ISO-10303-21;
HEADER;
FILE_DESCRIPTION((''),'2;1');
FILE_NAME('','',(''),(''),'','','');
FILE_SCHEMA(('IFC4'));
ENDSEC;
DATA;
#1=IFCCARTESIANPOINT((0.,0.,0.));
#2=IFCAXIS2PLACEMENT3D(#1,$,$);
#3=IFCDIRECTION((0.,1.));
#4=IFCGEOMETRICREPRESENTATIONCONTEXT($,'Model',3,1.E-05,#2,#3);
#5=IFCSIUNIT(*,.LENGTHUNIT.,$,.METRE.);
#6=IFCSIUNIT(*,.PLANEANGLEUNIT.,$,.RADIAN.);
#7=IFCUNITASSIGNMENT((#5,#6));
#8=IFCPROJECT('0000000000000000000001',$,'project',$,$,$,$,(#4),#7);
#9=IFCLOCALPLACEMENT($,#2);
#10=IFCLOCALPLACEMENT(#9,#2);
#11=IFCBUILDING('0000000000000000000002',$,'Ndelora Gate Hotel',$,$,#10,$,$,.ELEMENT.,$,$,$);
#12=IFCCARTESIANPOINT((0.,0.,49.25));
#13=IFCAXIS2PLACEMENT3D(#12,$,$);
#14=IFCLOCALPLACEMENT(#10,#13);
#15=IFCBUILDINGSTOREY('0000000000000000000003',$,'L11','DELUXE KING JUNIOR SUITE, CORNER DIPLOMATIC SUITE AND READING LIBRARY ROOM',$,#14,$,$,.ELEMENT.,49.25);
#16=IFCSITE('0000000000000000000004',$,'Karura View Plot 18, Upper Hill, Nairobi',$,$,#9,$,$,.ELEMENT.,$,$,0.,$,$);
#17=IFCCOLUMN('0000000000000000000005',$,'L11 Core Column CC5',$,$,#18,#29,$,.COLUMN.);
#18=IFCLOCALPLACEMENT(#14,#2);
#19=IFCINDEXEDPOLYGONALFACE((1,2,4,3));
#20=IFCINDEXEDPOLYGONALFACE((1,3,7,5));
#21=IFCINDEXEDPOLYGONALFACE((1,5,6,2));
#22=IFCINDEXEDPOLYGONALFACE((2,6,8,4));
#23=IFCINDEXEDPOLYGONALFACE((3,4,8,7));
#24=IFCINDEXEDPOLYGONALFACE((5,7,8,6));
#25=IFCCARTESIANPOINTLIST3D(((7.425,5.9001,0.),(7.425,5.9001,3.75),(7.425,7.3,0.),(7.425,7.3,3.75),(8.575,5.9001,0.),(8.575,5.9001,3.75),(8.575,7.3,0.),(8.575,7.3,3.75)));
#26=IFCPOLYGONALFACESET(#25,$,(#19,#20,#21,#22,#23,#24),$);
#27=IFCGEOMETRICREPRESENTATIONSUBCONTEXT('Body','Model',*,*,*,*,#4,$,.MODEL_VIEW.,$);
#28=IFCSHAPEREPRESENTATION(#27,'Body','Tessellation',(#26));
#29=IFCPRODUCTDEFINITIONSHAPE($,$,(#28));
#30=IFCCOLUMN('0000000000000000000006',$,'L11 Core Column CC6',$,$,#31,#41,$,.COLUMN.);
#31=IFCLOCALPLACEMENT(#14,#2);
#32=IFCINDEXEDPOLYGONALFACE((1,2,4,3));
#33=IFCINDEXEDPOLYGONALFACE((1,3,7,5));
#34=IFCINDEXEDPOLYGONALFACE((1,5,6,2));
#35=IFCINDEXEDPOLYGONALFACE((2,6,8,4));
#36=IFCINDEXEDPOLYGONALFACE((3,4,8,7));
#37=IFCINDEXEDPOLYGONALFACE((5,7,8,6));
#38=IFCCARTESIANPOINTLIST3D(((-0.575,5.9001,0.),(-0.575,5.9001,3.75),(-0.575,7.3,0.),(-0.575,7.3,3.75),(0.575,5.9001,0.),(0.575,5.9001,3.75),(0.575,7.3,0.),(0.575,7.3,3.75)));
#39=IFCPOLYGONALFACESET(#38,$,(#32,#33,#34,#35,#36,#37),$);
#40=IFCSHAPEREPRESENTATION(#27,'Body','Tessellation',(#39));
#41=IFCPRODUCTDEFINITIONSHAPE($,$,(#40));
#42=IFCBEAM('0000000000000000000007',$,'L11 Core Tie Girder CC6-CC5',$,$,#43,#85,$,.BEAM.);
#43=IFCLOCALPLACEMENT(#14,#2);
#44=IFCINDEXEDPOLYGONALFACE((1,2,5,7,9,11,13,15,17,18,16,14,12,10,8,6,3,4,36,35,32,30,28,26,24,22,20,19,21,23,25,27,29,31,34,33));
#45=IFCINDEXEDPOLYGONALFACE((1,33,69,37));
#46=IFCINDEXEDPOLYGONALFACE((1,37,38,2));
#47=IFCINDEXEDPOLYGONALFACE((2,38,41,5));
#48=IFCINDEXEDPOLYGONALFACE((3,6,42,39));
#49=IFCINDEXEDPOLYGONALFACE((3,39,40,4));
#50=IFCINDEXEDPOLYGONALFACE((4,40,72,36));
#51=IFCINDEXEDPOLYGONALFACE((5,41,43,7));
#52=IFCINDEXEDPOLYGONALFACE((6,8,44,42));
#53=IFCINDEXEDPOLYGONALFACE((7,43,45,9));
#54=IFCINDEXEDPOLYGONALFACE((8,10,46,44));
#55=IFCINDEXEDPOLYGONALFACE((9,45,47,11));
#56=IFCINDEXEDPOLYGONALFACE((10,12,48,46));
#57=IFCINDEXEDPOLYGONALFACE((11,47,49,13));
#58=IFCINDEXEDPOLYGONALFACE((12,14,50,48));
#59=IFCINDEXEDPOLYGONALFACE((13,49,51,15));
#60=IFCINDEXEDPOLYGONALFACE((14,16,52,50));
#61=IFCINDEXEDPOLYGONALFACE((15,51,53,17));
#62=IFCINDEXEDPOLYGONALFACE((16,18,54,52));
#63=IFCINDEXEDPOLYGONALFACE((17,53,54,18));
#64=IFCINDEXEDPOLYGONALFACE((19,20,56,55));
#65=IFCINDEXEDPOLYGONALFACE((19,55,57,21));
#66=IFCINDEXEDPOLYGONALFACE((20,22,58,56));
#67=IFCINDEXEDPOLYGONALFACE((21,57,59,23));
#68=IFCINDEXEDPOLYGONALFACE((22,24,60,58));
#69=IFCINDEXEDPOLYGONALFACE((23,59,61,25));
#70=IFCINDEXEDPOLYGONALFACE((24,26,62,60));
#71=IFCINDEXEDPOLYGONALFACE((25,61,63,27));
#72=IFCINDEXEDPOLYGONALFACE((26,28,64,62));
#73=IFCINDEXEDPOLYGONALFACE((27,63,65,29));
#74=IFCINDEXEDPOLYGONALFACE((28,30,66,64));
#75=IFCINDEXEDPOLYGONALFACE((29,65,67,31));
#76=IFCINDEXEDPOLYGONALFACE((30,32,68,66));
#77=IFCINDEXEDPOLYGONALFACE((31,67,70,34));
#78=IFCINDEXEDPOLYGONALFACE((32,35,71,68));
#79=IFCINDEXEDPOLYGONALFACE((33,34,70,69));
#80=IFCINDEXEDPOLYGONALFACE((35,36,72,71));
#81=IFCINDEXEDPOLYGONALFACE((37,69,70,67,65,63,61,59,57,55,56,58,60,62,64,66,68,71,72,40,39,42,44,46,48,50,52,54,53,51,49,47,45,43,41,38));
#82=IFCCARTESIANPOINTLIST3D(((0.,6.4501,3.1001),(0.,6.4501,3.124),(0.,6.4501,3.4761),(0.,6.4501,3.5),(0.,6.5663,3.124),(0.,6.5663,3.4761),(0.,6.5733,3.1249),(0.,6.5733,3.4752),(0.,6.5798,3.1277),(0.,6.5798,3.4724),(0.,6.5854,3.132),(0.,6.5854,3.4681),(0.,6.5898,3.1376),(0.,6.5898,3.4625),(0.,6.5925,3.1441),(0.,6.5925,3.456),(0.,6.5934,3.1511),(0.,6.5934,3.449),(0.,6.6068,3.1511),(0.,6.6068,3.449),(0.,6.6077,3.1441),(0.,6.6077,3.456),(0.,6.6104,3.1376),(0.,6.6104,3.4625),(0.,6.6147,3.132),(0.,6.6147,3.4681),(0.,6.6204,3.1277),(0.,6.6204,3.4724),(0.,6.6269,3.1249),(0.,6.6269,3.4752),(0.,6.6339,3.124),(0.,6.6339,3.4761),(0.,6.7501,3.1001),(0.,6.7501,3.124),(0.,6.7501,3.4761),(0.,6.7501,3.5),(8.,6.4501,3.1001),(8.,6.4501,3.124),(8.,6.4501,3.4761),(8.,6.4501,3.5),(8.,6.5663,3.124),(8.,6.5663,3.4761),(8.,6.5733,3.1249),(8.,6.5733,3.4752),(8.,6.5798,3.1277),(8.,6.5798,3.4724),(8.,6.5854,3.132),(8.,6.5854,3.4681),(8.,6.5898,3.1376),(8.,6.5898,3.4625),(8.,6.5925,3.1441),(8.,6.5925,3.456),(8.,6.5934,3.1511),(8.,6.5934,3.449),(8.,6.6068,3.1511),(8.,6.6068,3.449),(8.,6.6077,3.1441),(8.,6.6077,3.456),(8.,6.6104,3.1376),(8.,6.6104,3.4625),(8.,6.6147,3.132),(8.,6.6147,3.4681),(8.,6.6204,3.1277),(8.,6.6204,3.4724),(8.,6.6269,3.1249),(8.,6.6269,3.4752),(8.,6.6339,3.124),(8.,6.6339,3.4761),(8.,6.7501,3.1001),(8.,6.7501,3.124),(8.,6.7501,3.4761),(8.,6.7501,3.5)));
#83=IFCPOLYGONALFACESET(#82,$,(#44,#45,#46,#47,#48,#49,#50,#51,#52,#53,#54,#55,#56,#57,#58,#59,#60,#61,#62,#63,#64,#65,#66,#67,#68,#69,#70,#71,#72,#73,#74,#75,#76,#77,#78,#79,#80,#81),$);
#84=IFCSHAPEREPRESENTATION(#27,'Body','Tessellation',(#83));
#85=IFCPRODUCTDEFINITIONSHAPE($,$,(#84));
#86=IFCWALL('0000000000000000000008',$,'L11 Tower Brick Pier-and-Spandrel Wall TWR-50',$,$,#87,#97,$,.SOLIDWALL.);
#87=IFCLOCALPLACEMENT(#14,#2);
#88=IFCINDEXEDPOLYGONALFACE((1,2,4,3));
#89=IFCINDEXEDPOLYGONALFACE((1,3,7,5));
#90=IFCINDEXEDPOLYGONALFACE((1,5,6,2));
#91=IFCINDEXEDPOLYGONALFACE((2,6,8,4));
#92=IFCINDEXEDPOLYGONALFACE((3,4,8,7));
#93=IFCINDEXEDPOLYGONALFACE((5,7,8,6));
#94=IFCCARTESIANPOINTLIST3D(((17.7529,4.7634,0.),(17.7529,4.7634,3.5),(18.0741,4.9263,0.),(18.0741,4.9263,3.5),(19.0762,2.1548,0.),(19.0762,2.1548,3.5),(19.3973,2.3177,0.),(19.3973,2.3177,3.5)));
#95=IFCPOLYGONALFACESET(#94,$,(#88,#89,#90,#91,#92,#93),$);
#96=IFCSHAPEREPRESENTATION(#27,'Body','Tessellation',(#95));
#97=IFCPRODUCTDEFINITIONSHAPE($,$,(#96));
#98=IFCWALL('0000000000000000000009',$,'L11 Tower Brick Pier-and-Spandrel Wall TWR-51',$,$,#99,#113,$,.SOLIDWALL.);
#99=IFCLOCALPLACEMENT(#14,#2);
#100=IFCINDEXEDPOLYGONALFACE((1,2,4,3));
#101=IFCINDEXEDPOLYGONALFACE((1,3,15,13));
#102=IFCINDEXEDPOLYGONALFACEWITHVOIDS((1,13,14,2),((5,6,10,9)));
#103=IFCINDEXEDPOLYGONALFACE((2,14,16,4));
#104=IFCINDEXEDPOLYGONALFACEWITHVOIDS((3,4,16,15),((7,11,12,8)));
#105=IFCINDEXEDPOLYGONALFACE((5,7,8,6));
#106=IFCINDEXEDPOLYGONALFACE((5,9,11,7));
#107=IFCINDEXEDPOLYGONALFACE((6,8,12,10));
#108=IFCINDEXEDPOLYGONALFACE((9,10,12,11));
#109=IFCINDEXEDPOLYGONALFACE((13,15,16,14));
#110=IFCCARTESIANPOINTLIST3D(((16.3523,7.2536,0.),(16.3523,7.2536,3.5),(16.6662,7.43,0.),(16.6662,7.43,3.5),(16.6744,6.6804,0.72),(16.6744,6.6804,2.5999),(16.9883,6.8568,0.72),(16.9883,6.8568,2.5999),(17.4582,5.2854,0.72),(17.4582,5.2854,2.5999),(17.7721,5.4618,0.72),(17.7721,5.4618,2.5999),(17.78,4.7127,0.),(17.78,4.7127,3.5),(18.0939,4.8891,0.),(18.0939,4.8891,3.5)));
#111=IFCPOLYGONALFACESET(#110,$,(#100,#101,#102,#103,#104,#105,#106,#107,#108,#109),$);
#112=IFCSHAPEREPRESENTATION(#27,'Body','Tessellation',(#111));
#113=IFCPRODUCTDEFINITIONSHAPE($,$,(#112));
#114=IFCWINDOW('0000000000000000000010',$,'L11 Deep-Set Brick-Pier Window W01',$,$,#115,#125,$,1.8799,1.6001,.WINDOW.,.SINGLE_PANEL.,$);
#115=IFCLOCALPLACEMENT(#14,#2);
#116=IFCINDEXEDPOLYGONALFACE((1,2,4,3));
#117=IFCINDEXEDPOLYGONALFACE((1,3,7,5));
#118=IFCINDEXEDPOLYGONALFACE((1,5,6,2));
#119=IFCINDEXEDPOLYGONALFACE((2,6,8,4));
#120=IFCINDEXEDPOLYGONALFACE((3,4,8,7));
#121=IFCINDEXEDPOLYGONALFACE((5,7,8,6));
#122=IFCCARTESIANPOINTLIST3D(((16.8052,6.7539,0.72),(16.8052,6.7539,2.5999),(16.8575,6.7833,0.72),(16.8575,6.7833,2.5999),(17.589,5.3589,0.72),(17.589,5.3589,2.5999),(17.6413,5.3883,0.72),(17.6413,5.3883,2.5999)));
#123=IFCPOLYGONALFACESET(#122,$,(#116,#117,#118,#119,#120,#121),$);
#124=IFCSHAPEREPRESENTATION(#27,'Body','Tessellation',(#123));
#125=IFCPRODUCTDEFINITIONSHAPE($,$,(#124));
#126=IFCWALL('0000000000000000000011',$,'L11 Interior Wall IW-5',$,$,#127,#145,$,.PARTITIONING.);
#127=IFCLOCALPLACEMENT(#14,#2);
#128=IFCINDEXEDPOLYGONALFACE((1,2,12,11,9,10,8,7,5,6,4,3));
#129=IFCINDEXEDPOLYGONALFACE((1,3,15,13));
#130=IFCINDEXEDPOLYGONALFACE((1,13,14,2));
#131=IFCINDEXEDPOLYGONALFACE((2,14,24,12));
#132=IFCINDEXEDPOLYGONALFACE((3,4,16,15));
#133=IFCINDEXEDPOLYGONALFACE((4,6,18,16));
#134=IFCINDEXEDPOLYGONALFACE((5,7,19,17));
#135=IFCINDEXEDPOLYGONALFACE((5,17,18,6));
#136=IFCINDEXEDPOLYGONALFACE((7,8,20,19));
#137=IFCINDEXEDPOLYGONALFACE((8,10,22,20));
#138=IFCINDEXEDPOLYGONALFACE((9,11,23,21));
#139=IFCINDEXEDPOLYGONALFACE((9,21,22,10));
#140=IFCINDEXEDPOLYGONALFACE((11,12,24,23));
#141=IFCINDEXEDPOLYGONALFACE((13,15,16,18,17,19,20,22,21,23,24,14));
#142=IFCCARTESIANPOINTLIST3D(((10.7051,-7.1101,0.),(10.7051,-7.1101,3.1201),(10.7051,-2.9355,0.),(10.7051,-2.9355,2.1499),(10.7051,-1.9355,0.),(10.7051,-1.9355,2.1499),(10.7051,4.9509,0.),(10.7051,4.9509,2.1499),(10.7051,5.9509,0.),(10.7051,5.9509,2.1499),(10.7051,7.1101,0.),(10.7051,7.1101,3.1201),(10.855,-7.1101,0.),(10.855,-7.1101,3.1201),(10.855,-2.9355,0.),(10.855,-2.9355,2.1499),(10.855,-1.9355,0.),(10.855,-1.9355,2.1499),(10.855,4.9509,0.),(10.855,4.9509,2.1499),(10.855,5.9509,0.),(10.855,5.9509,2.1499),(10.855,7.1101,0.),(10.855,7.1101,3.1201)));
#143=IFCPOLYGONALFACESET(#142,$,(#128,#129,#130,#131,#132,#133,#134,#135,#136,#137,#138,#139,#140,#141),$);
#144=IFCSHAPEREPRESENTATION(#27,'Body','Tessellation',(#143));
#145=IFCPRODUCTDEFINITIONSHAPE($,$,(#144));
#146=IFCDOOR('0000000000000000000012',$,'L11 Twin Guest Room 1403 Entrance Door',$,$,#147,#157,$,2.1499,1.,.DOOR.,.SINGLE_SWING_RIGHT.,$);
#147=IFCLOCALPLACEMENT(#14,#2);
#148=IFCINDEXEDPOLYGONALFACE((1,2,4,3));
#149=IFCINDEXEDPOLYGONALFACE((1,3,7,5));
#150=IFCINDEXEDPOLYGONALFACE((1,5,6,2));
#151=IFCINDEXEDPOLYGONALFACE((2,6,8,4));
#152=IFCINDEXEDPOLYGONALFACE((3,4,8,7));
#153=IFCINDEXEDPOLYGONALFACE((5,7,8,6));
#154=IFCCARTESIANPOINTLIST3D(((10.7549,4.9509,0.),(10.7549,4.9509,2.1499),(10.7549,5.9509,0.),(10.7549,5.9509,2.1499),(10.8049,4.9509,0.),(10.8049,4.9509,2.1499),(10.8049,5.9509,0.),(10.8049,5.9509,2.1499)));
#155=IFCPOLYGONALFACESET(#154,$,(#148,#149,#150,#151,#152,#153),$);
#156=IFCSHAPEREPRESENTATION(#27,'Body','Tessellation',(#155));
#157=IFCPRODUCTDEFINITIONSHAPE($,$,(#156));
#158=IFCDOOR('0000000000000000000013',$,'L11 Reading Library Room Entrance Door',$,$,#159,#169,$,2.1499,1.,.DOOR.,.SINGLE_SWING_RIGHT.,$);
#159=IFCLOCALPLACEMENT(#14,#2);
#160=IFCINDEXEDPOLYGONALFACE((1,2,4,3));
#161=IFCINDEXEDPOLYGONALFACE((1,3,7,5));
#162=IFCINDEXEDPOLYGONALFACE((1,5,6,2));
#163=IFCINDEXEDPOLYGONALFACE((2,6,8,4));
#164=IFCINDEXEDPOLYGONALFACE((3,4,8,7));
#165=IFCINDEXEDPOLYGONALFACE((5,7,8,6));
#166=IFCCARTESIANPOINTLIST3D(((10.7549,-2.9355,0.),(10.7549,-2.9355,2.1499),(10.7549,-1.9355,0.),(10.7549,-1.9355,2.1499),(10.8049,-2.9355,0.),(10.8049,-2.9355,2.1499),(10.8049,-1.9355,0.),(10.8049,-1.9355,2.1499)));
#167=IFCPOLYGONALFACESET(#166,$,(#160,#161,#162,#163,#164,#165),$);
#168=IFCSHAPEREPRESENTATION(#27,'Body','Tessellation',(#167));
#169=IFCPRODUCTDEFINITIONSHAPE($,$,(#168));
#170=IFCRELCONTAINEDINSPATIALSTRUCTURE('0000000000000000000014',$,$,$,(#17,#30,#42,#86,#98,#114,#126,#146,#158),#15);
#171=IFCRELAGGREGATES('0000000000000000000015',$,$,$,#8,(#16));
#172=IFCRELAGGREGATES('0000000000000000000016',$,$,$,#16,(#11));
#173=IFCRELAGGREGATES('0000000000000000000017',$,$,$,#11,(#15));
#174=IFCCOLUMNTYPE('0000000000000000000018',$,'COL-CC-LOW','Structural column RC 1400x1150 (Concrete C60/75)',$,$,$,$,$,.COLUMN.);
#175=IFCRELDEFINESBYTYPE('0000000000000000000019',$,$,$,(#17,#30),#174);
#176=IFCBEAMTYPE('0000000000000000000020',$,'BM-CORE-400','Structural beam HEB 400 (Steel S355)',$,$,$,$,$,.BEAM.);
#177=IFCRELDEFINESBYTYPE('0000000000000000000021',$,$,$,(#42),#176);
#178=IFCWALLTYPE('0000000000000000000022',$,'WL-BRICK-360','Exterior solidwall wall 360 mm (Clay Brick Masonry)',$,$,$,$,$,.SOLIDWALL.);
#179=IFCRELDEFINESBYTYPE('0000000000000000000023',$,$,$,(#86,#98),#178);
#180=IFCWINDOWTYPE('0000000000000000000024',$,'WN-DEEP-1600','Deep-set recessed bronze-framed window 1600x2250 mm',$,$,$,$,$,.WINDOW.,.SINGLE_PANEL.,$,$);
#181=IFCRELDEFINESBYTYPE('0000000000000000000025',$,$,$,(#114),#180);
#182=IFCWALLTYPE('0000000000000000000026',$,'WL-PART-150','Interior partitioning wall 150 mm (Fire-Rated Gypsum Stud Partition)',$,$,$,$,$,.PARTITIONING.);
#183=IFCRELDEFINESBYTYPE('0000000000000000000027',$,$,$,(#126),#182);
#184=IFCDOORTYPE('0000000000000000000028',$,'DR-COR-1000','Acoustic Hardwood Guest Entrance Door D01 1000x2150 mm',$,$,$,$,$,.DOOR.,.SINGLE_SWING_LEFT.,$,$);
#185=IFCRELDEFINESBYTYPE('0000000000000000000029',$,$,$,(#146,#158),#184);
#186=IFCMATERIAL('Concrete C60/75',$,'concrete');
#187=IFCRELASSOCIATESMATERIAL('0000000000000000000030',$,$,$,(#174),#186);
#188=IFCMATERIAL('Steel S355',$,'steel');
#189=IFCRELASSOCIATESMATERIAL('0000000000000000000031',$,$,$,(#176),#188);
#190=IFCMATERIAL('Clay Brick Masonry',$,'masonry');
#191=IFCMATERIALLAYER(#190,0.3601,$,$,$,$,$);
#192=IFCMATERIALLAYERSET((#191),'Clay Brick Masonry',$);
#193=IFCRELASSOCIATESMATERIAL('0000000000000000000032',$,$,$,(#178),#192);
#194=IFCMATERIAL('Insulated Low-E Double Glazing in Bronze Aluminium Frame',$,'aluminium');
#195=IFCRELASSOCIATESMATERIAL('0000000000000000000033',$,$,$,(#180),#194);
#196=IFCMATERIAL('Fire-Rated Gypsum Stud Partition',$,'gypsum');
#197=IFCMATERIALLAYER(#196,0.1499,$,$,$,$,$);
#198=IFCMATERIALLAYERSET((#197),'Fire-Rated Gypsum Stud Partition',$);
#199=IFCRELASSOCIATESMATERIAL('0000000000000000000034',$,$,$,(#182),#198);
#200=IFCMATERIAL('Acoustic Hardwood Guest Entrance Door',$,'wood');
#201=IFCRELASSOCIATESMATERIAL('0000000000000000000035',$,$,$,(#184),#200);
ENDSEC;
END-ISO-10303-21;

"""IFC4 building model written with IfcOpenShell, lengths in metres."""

from ifc_helpers import new_model, si_unit, direction, frame, frame_2d, origin, origin_2d, place, context, subcontext, project, spatial, rectangle, i_section, extrude, material, layer, layer_set, material_profile, profile_set, type_object, element, fill, save


model = new_model("IFC4")

# Units and contexts
model_context = context("Model", 3, precision=1e-05, world=origin(), true_north=direction((0.0, 1.0)))
body_context = subcontext(model_context, "Body", "Model", "MODEL_VIEW")
ifc_project = project(units=[si_unit("LENGTHUNIT", "METRE"), si_unit("PLANEANGLEUNIT", "RADIAN")], contexts=[model_context])

# Site, building, storey
site_placement = place(None, origin())
site = spatial("IfcSite", under=ifc_project, at=site_placement, Name="Karura View Plot 18, Upper Hill, Nairobi", CompositionType="ELEMENT", RefElevation=0.0)
building_placement = place(site_placement, origin())
building = spatial("IfcBuilding", under=site, at=building_placement, Name="Ndelora Gate Hotel", CompositionType="ELEMENT")
storey_placement = place(building_placement, frame((0.0, 0.0, 49.25)))
storey = spatial("IfcBuildingStorey", under=building, at=storey_placement, Name="L11", Description="DELUXE KING JUNIOR SUITE, CORNER DIPLOMATIC SUITE AND READING LIBRARY ROOM", CompositionType="ELEMENT", Elevation=49.25)

# Columns
ifc_material_1 = material(Name="Concrete C60/75", Category="concrete")
ifc_material_profile_1 = material_profile(ifc_material_1, rectangle(XDim=1.1499, YDim=1.3999, at=origin_2d()), Name="RC 1400x1150")
ifc_profile_set_1 = profile_set([ifc_material_profile_1], Name="Concrete C60/75")
column_type = type_object("IfcColumnType", Name="COL-CC-LOW", Description="Structural column RC 1400x1150 (Concrete C60/75)", PredefinedType="COLUMN", material=ifc_profile_set_1)
for number, where, z_axis, x_axis, name in (
    (1, (8.0, 6.6001, 0.0), (0.0, 0.0, 1.0), (1.0, 0.0, 0.0), "L11 Core Column CC5"),
    (2, (0.0, 6.6001, 0.0), (0.0, 0.0, 1.0), (1.0, 0.0, 0.0), "L11 Core Column CC6"),
):
    element("IfcColumn", number, at=place(storey_placement, frame(where, z_axis=z_axis, x_axis=x_axis)), inside=storey, type_object=column_type, Name=name, PredefinedType="COLUMN", context=body_context, shape_type="SweptSolid", body=[
        extrude(rectangle(XDim=1.1499, YDim=1.3999, at=origin_2d()), origin(), (0.0, 0.0, 1.0), 3.75),
    ])

# Beam
ifc_material_2 = material(Name="Steel S355", Category="steel")
ifc_material_profile_2 = material_profile(ifc_material_2, i_section(OverallWidth=0.3, OverallDepth=0.3999, WebThickness=0.0134, FlangeThickness=0.0239, FilletRadius=0.0271, at=origin_2d()), Name="HEB 400")
ifc_profile_set_2 = profile_set([ifc_material_profile_2], Name="Steel S355")
beam_type = type_object("IfcBeamType", Name="BM-CORE-400", Description="Structural beam HEB 400 (Steel S355)", PredefinedType="BEAM", material=ifc_profile_set_2)
beam_placement = place(storey_placement, frame((0.0, 6.6001, 3.3), z_axis=(1.0, 0.0, 0.0), x_axis=(0.0, 1.0, 0.0)))
element("IfcBeam", 3, at=beam_placement, inside=storey, type_object=beam_type, Name="L11 Core Tie Girder CC6-CC5", PredefinedType="BEAM", context=body_context, shape_type="SweptSolid", body=[
    extrude(i_section(OverallWidth=0.3, OverallDepth=0.3999, WebThickness=0.0134, FlangeThickness=0.0239, FilletRadius=0.0271, at=origin_2d()), origin(), (0.0, 0.0, 1.0), 8.0),
])

# Wall
ifc_material_3 = material(Name="Clay Brick Masonry", Category="masonry")
ifc_layer_1 = layer(ifc_material_3, 0.3601)
ifc_layer_set_1 = layer_set([ifc_layer_1], Name="Clay Brick Masonry")
wall_type_1 = type_object("IfcWallType", Name="WL-BRICK-360", Description="Exterior solidwall wall 360 mm (Clay Brick Masonry)", PredefinedType="SOLIDWALL", material=ifc_layer_set_1)
wall_1_placement = place(storey_placement, frame((17.9136, 4.8447, 0.0), z_axis=(0.0, 0.0, 1.0), x_axis=(0.452381, -0.891825, 0.0)))
element("IfcWall", 4, at=wall_1_placement, inside=storey, type_object=wall_type_1, Name="L11 Tower Brick Pier-and-Spandrel Wall TWR-50", PredefinedType="SOLIDWALL", context=body_context, shape_type="SweptSolid", body=[
    extrude(rectangle(XDim=2.925, YDim=0.3601, at=frame_2d((1.4624, 0.0))), origin(), (0.0, 0.0, 1.0), 3.5),
])

# Wall, opening, window
wall_2_placement = place(storey_placement, frame((16.5093, 7.3418, 0.0), z_axis=(0.0, 0.0, 1.0), x_axis=(0.489848, -0.871808, 0.0)))
wall_2 = element("IfcWall", 5, at=wall_2_placement, inside=storey, type_object=wall_type_1, Name="L11 Tower Brick Pier-and-Spandrel Wall TWR-51", PredefinedType="SOLIDWALL", context=body_context, shape_type="SweptSolid", body=[
    extrude(rectangle(XDim=2.9146, YDim=0.3601, at=frame_2d((1.4573, 0.0))), origin(), (0.0, 0.0, 1.0), 3.5),
])
opening_1_placement = place(wall_2_placement, frame((0.6575, 0.0, 0.72)))
opening_1 = element("IfcOpeningElement", 6, at=opening_1_placement, cuts=wall_2, PredefinedType="OPENING", context=body_context, shape_type="SweptSolid", body=[
    extrude(rectangle(XDim=1.6001, YDim=1.8799, at=frame_2d((0.8, 0.9399))), frame((0.0, 0.1899, 0.0), z_axis=(0.0, -1.0, 0.0), x_axis=(1.0, 0.0, 0.0)), (0.0, 0.0, 1.0), 0.3801),
])
ifc_material_4 = material(Name="Insulated Low-E Double Glazing in Bronze Aluminium Frame", Category="aluminium")
window_type = type_object("IfcWindowType", Name="WN-DEEP-1600", Description="Deep-set recessed bronze-framed window 1600x2250 mm", PartitioningType="SINGLE_PANEL", PredefinedType="WINDOW", material=ifc_material_4)
window_placement = place(opening_1_placement, origin())
window = element("IfcWindow", 7, at=window_placement, inside=storey, type_object=window_type, Name="L11 Deep-Set Brick-Pier Window W01", OverallHeight=1.8799, OverallWidth=1.6001, PartitioningType="SINGLE_PANEL", PredefinedType="WINDOW", context=body_context, shape_type="SweptSolid", body=[
    extrude(rectangle(XDim=1.6001, YDim=1.8799, at=frame_2d((0.8, 0.9399))), frame((0.0, 0.03, 0.0), z_axis=(0.0, -1.0, 0.0), x_axis=(1.0, 0.0, 0.0)), (0.0, 0.0, 1.0), 0.0601),
])
fill(opening_1, window)

# Wall, openings, doors
ifc_material_5 = material(Name="Fire-Rated Gypsum Stud Partition", Category="gypsum")
ifc_layer_2 = layer(ifc_material_5, 0.1499)
ifc_layer_set_2 = layer_set([ifc_layer_2], Name="Fire-Rated Gypsum Stud Partition")
wall_type_2 = type_object("IfcWallType", Name="WL-PART-150", Description="Interior partitioning wall 150 mm (Fire-Rated Gypsum Stud Partition)", PredefinedType="PARTITIONING", material=ifc_layer_set_2)
wall_3_placement = place(storey_placement, frame((10.78, 7.1101, 0.0), z_axis=(0.0, 0.0, 1.0), x_axis=(0.0, -1.0, 0.0)))
wall_3 = element("IfcWall", 8, at=wall_3_placement, inside=storey, type_object=wall_type_2, Name="L11 Interior Wall IW-5", PredefinedType="PARTITIONING", context=body_context, shape_type="SweptSolid", body=[
    extrude(rectangle(XDim=14.2202, YDim=0.1499, at=frame_2d((7.1101, 0.0))), origin(), (0.0, 0.0, 1.0), 3.1201),
])
opening_2_placement = place(wall_3_placement, frame((1.1592, 0.0, 0.0)))
opening_2 = element("IfcOpeningElement", 9, at=opening_2_placement, cuts=wall_3, PredefinedType="OPENING", context=body_context, shape_type="SweptSolid", body=[
    extrude(rectangle(XDim=1.0, YDim=2.1499, at=frame_2d((0.5, 1.075))), frame((0.0, 0.085, 0.0), z_axis=(0.0, -1.0, 0.0), x_axis=(1.0, 0.0, 0.0)), (0.0, 0.0, 1.0), 0.1699),
])
opening_3_placement = place(wall_3_placement, frame((9.0457, 0.0, 0.0)))
opening_3 = element("IfcOpeningElement", 10, at=opening_3_placement, cuts=wall_3, PredefinedType="OPENING", context=body_context, shape_type="SweptSolid", body=[
    extrude(rectangle(XDim=1.0, YDim=2.1499, at=frame_2d((0.5, 1.075))), frame((0.0, 0.085, 0.0), z_axis=(0.0, -1.0, 0.0), x_axis=(1.0, 0.0, 0.0)), (0.0, 0.0, 1.0), 0.1699),
])
ifc_material_6 = material(Name="Acoustic Hardwood Guest Entrance Door", Category="wood")
door_type_1 = type_object("IfcDoorType", Name="DR-COR-1000", Description="Acoustic Hardwood Guest Entrance Door D01 1000x2150 mm", OperationType="SINGLE_SWING_LEFT", PredefinedType="DOOR", material=ifc_material_6)
door_1_placement = place(opening_2_placement, origin())
door_1 = element("IfcDoor", 11, at=door_1_placement, inside=storey, type_object=door_type_1, Name="L11 Twin Guest Room 1403 Entrance Door", OperationType="SINGLE_SWING_RIGHT", OverallHeight=2.1499, OverallWidth=1.0, PredefinedType="DOOR", context=body_context, shape_type="SweptSolid", body=[
    extrude(rectangle(XDim=1.0, YDim=2.1499, at=frame_2d((0.5, 1.075))), frame((0.0, 0.0249, 0.0), z_axis=(0.0, -1.0, 0.0), x_axis=(1.0, 0.0, 0.0)), (0.0, 0.0, 1.0), 0.05),
])
fill(opening_2, door_1)
door_2_placement = place(opening_3_placement, origin())
door_2 = element("IfcDoor", 12, at=door_2_placement, inside=storey, type_object=door_type_1, Name="L11 Reading Library Room Entrance Door", OperationType="SINGLE_SWING_RIGHT", OverallHeight=2.1499, OverallWidth=1.0, PredefinedType="DOOR", context=body_context, shape_type="SweptSolid", body=[
    extrude(rectangle(XDim=1.0, YDim=2.1499, at=frame_2d((0.5, 1.075))), frame((0.0, 0.0249, 0.0), z_axis=(0.0, -1.0, 0.0), x_axis=(1.0, 0.0, 0.0)), (0.0, 0.0, 1.0), 0.05),
])
fill(opening_3, door_2)

save(model, "model.ifc")
